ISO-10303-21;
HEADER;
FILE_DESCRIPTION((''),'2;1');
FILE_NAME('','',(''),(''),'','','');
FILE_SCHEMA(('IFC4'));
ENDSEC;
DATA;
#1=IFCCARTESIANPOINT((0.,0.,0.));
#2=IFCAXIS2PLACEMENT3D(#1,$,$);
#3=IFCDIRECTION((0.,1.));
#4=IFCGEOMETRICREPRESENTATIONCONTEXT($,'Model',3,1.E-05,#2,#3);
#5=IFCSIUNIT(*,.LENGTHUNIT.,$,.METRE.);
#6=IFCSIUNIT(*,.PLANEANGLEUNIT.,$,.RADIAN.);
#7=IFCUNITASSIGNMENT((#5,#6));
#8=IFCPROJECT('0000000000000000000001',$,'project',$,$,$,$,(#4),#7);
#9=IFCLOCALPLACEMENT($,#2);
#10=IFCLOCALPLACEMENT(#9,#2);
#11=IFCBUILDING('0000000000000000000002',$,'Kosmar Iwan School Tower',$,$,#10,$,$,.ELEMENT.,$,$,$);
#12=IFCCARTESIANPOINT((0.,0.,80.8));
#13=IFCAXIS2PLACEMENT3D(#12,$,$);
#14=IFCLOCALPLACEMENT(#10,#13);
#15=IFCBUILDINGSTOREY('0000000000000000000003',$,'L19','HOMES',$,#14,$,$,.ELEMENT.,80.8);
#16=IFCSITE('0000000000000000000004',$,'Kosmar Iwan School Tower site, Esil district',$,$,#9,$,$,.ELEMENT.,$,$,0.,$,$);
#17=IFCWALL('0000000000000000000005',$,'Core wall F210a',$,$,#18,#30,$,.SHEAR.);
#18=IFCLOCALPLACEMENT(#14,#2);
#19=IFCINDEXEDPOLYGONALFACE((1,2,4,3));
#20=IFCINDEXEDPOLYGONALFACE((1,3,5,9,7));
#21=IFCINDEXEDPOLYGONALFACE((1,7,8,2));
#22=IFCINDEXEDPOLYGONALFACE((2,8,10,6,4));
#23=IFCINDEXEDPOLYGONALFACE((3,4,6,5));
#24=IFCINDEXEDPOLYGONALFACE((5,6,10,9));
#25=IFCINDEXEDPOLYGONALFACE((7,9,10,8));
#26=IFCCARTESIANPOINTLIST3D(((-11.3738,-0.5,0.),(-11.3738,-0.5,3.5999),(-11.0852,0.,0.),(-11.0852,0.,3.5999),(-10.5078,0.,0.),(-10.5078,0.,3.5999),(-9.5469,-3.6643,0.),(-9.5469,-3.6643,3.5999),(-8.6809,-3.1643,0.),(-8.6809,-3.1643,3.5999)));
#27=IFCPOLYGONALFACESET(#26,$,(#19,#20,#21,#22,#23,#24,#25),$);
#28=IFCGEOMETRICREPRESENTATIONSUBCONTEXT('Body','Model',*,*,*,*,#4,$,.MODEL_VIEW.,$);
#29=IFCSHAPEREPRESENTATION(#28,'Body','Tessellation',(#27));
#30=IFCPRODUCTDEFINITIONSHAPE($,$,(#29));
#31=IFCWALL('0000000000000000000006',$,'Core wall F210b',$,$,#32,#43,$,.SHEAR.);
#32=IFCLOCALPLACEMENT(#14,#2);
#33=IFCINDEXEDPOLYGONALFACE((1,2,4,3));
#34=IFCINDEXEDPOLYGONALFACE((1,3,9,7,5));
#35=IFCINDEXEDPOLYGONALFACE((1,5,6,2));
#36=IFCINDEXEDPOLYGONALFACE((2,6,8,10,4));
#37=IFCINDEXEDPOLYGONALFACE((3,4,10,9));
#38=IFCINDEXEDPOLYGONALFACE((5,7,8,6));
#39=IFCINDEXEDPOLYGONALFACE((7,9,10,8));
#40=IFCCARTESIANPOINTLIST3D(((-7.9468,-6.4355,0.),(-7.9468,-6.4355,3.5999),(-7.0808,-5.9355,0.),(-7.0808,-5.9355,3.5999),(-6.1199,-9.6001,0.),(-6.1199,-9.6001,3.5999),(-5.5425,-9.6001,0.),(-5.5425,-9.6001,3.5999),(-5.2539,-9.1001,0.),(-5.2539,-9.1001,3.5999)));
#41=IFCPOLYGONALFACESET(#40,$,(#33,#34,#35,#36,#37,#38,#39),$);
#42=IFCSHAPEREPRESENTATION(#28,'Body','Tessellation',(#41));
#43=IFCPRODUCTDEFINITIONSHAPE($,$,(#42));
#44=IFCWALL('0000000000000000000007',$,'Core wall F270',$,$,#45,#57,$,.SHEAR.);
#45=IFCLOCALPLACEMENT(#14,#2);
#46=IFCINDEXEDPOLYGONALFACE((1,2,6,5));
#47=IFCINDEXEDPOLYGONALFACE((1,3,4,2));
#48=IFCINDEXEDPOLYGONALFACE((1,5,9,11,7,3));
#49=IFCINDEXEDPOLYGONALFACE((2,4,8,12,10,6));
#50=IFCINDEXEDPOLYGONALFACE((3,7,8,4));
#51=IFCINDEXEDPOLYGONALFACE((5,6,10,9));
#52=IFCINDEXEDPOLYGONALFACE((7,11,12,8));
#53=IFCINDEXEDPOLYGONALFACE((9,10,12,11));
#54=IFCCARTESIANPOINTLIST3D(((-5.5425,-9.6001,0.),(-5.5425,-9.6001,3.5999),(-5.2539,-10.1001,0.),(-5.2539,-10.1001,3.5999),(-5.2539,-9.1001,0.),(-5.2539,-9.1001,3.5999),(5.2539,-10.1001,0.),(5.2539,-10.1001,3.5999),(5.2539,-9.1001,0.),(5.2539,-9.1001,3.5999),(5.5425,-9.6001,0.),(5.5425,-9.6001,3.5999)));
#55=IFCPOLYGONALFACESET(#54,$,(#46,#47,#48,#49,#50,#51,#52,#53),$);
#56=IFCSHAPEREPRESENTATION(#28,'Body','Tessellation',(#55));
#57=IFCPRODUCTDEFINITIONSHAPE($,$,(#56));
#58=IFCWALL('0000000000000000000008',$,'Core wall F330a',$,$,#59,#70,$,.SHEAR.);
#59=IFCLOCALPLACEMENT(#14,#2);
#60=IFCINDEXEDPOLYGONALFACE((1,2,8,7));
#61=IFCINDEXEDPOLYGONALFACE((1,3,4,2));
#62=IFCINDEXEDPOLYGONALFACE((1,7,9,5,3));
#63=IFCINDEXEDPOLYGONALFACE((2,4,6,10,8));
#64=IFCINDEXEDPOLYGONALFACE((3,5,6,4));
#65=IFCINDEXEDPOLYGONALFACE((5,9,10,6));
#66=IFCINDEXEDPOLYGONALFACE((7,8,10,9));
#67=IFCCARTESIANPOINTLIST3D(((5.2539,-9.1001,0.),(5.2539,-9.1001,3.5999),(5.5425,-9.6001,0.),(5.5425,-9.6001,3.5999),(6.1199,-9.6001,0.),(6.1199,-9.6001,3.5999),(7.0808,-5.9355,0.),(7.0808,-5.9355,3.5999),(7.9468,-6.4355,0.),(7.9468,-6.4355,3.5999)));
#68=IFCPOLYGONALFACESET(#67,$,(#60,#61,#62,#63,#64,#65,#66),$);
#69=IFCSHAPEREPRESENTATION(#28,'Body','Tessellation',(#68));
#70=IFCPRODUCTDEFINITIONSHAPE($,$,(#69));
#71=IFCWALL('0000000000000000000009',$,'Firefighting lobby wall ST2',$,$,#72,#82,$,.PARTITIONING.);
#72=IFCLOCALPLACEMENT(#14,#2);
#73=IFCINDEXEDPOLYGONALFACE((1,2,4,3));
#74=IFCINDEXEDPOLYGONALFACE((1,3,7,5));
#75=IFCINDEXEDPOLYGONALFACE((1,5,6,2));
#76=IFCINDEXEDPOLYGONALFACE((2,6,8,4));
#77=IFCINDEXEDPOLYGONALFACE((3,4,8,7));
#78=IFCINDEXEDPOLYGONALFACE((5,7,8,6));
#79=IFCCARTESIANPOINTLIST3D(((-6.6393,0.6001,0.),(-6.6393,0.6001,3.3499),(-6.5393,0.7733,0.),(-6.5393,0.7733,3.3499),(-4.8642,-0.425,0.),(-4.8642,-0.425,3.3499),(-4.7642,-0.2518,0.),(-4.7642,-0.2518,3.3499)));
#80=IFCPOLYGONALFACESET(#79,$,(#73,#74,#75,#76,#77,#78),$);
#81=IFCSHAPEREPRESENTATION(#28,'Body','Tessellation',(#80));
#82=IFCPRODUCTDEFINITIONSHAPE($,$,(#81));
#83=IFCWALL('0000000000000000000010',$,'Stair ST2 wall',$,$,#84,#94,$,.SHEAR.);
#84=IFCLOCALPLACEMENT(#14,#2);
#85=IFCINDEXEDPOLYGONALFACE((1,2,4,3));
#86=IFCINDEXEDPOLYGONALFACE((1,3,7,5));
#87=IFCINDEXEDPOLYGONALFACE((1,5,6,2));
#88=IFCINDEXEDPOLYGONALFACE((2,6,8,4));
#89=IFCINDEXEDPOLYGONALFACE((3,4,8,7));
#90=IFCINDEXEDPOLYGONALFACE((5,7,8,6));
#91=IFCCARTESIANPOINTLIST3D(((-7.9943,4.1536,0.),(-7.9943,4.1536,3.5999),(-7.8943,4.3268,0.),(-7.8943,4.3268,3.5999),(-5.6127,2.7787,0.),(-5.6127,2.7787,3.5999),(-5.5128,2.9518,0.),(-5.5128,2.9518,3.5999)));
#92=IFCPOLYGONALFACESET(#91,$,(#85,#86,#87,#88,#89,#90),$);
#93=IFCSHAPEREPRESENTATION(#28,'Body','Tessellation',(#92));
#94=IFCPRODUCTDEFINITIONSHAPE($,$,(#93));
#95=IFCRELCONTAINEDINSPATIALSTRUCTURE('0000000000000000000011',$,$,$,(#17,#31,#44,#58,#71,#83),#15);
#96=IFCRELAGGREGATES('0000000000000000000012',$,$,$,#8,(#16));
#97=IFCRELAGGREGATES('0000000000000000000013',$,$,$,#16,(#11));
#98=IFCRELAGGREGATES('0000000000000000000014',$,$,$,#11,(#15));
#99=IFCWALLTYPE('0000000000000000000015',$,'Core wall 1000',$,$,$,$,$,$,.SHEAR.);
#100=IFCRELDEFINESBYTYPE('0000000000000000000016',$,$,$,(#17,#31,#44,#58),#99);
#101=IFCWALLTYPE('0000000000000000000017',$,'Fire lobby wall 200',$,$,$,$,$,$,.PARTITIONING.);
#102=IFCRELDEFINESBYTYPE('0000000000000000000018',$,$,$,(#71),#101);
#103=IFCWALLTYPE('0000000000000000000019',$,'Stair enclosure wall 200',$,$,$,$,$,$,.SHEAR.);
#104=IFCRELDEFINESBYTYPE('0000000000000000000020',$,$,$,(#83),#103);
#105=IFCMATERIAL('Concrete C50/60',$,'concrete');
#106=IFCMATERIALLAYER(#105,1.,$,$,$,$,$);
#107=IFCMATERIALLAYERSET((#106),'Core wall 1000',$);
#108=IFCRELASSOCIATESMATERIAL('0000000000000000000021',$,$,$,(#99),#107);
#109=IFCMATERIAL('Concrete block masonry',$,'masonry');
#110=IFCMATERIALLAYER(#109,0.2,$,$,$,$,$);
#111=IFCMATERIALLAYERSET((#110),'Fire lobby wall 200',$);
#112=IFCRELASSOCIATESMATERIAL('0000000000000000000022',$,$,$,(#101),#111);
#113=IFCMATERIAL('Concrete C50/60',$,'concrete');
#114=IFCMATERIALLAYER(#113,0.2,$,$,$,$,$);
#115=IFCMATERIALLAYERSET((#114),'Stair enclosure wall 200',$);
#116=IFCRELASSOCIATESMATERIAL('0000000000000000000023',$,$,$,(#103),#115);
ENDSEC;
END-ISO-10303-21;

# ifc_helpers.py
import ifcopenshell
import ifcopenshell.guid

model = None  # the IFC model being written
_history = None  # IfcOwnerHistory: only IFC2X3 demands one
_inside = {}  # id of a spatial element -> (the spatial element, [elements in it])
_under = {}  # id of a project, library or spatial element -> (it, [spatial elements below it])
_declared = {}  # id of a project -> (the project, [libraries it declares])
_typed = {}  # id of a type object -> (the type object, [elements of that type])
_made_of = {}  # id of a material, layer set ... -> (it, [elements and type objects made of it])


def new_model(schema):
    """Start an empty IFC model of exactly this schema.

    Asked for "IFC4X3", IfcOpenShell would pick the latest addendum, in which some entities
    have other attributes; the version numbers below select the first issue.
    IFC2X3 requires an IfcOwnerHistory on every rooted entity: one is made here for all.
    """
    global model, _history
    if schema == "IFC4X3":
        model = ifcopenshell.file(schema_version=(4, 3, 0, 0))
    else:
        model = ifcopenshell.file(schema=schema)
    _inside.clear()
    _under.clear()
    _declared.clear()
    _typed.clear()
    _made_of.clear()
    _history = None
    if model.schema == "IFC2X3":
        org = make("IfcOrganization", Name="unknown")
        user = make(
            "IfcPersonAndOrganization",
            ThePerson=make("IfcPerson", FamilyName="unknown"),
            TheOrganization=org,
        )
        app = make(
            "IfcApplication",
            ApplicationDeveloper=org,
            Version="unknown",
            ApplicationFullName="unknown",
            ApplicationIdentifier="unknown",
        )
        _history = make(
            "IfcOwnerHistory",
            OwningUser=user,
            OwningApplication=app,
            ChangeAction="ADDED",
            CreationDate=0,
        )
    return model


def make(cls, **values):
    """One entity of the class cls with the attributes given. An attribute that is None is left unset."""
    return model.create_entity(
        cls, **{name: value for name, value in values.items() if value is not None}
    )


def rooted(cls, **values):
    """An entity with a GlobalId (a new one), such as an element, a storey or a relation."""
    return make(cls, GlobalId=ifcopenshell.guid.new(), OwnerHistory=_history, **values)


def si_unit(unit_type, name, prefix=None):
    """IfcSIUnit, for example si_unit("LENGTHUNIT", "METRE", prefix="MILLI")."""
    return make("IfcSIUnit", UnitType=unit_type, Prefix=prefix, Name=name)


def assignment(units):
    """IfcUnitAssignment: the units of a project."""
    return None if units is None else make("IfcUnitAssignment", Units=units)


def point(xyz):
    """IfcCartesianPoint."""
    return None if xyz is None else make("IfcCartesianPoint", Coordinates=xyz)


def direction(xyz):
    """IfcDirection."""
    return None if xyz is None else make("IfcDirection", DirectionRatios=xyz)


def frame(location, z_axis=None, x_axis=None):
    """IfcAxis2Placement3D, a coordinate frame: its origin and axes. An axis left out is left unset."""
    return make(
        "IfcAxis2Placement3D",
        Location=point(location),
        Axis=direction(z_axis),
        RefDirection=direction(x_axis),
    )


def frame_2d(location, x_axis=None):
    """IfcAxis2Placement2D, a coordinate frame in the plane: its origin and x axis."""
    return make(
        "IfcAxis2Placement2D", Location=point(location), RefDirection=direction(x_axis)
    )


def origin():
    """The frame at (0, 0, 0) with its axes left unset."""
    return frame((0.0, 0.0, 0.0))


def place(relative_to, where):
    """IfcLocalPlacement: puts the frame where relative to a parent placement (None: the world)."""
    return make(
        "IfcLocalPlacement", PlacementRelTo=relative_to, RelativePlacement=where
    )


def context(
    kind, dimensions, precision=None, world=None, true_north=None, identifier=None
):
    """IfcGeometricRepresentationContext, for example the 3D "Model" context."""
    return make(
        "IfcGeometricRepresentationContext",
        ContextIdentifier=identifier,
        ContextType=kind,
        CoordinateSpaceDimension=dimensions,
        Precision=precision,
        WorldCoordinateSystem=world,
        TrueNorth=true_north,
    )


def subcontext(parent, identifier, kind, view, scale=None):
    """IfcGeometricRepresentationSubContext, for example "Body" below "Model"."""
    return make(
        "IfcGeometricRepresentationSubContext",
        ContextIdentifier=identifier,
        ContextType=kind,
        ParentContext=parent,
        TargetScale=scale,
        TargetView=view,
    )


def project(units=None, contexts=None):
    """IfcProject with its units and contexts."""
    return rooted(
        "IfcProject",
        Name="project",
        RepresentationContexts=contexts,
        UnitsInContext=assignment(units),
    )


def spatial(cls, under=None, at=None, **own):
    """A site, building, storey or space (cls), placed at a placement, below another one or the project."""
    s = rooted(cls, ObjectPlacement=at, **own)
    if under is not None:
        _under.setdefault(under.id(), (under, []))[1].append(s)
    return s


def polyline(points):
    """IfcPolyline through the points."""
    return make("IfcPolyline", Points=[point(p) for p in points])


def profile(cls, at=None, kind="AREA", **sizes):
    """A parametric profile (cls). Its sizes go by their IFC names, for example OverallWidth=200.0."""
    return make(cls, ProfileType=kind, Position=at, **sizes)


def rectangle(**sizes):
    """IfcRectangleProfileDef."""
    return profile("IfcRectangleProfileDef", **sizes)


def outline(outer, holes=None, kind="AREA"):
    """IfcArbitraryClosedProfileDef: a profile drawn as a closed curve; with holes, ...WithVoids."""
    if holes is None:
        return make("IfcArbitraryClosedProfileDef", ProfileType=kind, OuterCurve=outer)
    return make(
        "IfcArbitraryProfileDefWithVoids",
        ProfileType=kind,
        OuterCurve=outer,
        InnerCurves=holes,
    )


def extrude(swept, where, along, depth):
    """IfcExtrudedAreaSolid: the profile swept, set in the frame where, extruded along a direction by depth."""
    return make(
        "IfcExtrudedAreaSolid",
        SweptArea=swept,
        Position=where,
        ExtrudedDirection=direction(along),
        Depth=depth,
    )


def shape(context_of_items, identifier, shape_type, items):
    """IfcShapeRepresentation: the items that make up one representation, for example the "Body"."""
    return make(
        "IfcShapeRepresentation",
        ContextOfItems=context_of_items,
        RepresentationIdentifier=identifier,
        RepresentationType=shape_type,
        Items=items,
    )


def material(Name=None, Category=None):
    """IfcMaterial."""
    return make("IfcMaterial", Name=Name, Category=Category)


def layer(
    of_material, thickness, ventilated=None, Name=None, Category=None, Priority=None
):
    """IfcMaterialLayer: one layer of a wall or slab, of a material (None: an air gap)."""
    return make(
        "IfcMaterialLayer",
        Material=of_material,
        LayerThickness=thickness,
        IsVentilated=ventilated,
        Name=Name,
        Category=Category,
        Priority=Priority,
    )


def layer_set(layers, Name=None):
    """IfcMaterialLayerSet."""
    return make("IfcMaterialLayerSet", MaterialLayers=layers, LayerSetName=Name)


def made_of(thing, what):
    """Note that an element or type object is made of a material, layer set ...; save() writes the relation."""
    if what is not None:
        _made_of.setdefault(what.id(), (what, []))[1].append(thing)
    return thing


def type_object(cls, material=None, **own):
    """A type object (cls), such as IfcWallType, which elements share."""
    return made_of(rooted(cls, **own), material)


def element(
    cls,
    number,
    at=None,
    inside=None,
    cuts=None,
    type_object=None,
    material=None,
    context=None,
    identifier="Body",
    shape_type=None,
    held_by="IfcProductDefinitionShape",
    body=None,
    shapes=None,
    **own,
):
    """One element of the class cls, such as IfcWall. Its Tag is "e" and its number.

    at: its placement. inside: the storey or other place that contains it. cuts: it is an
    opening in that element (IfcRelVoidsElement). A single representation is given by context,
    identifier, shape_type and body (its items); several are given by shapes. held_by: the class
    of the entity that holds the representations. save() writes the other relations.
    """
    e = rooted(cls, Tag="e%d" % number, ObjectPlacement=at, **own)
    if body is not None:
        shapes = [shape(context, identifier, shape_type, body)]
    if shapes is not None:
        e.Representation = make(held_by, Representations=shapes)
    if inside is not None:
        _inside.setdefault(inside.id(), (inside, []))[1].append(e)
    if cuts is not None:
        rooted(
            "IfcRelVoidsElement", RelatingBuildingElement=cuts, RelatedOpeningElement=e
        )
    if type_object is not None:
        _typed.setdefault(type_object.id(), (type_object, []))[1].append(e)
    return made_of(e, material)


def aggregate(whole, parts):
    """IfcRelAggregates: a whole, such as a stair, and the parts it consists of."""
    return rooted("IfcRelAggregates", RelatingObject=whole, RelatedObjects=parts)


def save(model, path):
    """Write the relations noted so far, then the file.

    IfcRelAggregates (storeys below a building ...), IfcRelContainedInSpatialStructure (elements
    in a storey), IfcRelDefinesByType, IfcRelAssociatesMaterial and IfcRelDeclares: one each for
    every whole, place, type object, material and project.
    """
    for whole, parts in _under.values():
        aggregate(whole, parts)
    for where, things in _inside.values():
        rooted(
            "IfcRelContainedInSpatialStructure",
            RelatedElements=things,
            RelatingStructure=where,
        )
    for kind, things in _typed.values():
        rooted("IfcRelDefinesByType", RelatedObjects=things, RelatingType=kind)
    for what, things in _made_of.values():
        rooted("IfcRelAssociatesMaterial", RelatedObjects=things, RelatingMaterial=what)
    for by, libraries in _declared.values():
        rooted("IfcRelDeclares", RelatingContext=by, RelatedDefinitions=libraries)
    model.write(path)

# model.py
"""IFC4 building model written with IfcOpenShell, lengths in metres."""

from ifc_helpers import new_model, si_unit, direction, frame, frame_2d, origin, place, context, subcontext, project, spatial, polyline, rectangle, outline, extrude, material, layer, layer_set, type_object, element, save


model = new_model("IFC4")

# Units and contexts
model_context = context("Model", 3, precision=1e-05, world=origin(), true_north=direction((0.0, 1.0)))
body_context = subcontext(model_context, "Body", "Model", "MODEL_VIEW")
ifc_project = project(units=[si_unit("LENGTHUNIT", "METRE"), si_unit("PLANEANGLEUNIT", "RADIAN")], contexts=[model_context])

# Site, building, storey
site_placement = place(None, origin())
site = spatial("IfcSite", under=ifc_project, at=site_placement, Name="Kosmar Iwan School Tower site, Esil district", CompositionType="ELEMENT", RefElevation=0.0)
building_placement = place(site_placement, origin())
building = spatial("IfcBuilding", under=site, at=building_placement, Name="Kosmar Iwan School Tower", CompositionType="ELEMENT")
storey_placement = place(building_placement, frame((0.0, 0.0, 80.8)))
storey = spatial("IfcBuildingStorey", under=building, at=storey_placement, Name="L19", Description="HOMES", CompositionType="ELEMENT", Elevation=80.8)

# Walls
ifc_material_1 = material(Name="Concrete C50/60", Category="concrete")
ifc_layer_1 = layer(ifc_material_1, 1.0)
ifc_layer_set_1 = layer_set([ifc_layer_1], Name="Core wall 1000")
wall_type_1 = type_object("IfcWallType", Name="Core wall 1000", PredefinedType="SHEAR", material=ifc_layer_set_1)
wall_1_placement = place(storey_placement, origin())
element("IfcWall", 1, at=wall_1_placement, inside=storey, type_object=wall_type_1, Name="Core wall F210a", PredefinedType="SHEAR", context=body_context, shape_type="SweptSolid", body=[
    extrude(outline(polyline([(-9.5469, -3.6643), (-8.6809, -3.1643), (-10.5078, 0.0), (-11.0852, 0.0), (-11.3738, -0.5), (-9.5469, -3.6643)])), origin(), (0.0, 0.0, 1.0), 3.5999),
])
wall_2_placement = place(storey_placement, origin())
element("IfcWall", 2, at=wall_2_placement, inside=storey, type_object=wall_type_1, Name="Core wall F210b", PredefinedType="SHEAR", context=body_context, shape_type="SweptSolid", body=[
    extrude(outline(polyline([(-6.1199, -9.6001), (-5.5425, -9.6001), (-5.2539, -9.1001), (-7.0808, -5.9355), (-7.9468, -6.4355), (-6.1199, -9.6001)])), origin(), (0.0, 0.0, 1.0), 3.5999),
])
wall_3_placement = place(storey_placement, origin())
element("IfcWall", 3, at=wall_3_placement, inside=storey, type_object=wall_type_1, Name="Core wall F270", PredefinedType="SHEAR", context=body_context, shape_type="SweptSolid", body=[
    extrude(outline(polyline([(-5.2539, -10.1001), (5.2539, -10.1001), (5.5425, -9.6001), (5.2539, -9.1001), (-5.2539, -9.1001), (-5.5425, -9.6001), (-5.2539, -10.1001)])), origin(), (0.0, 0.0, 1.0), 3.5999),
])
wall_4_placement = place(storey_placement, origin())
element("IfcWall", 4, at=wall_4_placement, inside=storey, type_object=wall_type_1, Name="Core wall F330a", PredefinedType="SHEAR", context=body_context, shape_type="SweptSolid", body=[
    extrude(outline(polyline([(5.5425, -9.6001), (6.1199, -9.6001), (7.9468, -6.4355), (7.0808, -5.9355), (5.2539, -9.1001), (5.5425, -9.6001)])), origin(), (0.0, 0.0, 1.0), 3.5999),
])
ifc_material_2 = material(Name="Concrete block masonry", Category="masonry")
ifc_layer_2 = layer(ifc_material_2, 0.2)
ifc_layer_set_2 = layer_set([ifc_layer_2], Name="Fire lobby wall 200")
wall_type_2 = type_object("IfcWallType", Name="Fire lobby wall 200", PredefinedType="PARTITIONING", material=ifc_layer_set_2)
wall_5_placement = place(storey_placement, frame((-4.8142, -0.3384, 0.0), z_axis=(0.0, 0.0, 1.0), x_axis=(-0.865969, 0.500097, 0.0)))
element("IfcWall", 5, at=wall_5_placement, inside=storey, type_object=wall_type_2, Name="Firefighting lobby wall ST2", PredefinedType="PARTITIONING", context=body_context, shape_type="SweptSolid", body=[
    extrude(rectangle(XDim=2.0498, YDim=0.2, at=frame_2d((1.0249, 0.0))), origin(), (0.0, 0.0, 1.0), 3.3499),
])
ifc_material_3 = material(Name="Concrete C50/60", Category="concrete")
ifc_layer_3 = layer(ifc_material_3, 0.2)
ifc_layer_set_3 = layer_set([ifc_layer_3], Name="Stair enclosure wall 200")
wall_type_3 = type_object("IfcWallType", Name="Stair enclosure wall 200", PredefinedType="SHEAR", material=ifc_layer_set_3)
wall_6_placement = place(storey_placement, frame((-5.5627, 2.8652, 0.0), z_axis=(0.0, 0.0, 1.0), x_axis=(-0.866027, 0.499997, 0.0)))
element("IfcWall", 6, at=wall_6_placement, inside=storey, type_object=wall_type_3, Name="Stair ST2 wall", PredefinedType="SHEAR", context=body_context, shape_type="SweptSolid", body=[
    extrude(rectangle(XDim=2.75, YDim=0.2, at=frame_2d((1.375, 0.0))), origin(), (0.0, 0.0, 1.0), 3.5999),
])

save(model, "model.ifc")
